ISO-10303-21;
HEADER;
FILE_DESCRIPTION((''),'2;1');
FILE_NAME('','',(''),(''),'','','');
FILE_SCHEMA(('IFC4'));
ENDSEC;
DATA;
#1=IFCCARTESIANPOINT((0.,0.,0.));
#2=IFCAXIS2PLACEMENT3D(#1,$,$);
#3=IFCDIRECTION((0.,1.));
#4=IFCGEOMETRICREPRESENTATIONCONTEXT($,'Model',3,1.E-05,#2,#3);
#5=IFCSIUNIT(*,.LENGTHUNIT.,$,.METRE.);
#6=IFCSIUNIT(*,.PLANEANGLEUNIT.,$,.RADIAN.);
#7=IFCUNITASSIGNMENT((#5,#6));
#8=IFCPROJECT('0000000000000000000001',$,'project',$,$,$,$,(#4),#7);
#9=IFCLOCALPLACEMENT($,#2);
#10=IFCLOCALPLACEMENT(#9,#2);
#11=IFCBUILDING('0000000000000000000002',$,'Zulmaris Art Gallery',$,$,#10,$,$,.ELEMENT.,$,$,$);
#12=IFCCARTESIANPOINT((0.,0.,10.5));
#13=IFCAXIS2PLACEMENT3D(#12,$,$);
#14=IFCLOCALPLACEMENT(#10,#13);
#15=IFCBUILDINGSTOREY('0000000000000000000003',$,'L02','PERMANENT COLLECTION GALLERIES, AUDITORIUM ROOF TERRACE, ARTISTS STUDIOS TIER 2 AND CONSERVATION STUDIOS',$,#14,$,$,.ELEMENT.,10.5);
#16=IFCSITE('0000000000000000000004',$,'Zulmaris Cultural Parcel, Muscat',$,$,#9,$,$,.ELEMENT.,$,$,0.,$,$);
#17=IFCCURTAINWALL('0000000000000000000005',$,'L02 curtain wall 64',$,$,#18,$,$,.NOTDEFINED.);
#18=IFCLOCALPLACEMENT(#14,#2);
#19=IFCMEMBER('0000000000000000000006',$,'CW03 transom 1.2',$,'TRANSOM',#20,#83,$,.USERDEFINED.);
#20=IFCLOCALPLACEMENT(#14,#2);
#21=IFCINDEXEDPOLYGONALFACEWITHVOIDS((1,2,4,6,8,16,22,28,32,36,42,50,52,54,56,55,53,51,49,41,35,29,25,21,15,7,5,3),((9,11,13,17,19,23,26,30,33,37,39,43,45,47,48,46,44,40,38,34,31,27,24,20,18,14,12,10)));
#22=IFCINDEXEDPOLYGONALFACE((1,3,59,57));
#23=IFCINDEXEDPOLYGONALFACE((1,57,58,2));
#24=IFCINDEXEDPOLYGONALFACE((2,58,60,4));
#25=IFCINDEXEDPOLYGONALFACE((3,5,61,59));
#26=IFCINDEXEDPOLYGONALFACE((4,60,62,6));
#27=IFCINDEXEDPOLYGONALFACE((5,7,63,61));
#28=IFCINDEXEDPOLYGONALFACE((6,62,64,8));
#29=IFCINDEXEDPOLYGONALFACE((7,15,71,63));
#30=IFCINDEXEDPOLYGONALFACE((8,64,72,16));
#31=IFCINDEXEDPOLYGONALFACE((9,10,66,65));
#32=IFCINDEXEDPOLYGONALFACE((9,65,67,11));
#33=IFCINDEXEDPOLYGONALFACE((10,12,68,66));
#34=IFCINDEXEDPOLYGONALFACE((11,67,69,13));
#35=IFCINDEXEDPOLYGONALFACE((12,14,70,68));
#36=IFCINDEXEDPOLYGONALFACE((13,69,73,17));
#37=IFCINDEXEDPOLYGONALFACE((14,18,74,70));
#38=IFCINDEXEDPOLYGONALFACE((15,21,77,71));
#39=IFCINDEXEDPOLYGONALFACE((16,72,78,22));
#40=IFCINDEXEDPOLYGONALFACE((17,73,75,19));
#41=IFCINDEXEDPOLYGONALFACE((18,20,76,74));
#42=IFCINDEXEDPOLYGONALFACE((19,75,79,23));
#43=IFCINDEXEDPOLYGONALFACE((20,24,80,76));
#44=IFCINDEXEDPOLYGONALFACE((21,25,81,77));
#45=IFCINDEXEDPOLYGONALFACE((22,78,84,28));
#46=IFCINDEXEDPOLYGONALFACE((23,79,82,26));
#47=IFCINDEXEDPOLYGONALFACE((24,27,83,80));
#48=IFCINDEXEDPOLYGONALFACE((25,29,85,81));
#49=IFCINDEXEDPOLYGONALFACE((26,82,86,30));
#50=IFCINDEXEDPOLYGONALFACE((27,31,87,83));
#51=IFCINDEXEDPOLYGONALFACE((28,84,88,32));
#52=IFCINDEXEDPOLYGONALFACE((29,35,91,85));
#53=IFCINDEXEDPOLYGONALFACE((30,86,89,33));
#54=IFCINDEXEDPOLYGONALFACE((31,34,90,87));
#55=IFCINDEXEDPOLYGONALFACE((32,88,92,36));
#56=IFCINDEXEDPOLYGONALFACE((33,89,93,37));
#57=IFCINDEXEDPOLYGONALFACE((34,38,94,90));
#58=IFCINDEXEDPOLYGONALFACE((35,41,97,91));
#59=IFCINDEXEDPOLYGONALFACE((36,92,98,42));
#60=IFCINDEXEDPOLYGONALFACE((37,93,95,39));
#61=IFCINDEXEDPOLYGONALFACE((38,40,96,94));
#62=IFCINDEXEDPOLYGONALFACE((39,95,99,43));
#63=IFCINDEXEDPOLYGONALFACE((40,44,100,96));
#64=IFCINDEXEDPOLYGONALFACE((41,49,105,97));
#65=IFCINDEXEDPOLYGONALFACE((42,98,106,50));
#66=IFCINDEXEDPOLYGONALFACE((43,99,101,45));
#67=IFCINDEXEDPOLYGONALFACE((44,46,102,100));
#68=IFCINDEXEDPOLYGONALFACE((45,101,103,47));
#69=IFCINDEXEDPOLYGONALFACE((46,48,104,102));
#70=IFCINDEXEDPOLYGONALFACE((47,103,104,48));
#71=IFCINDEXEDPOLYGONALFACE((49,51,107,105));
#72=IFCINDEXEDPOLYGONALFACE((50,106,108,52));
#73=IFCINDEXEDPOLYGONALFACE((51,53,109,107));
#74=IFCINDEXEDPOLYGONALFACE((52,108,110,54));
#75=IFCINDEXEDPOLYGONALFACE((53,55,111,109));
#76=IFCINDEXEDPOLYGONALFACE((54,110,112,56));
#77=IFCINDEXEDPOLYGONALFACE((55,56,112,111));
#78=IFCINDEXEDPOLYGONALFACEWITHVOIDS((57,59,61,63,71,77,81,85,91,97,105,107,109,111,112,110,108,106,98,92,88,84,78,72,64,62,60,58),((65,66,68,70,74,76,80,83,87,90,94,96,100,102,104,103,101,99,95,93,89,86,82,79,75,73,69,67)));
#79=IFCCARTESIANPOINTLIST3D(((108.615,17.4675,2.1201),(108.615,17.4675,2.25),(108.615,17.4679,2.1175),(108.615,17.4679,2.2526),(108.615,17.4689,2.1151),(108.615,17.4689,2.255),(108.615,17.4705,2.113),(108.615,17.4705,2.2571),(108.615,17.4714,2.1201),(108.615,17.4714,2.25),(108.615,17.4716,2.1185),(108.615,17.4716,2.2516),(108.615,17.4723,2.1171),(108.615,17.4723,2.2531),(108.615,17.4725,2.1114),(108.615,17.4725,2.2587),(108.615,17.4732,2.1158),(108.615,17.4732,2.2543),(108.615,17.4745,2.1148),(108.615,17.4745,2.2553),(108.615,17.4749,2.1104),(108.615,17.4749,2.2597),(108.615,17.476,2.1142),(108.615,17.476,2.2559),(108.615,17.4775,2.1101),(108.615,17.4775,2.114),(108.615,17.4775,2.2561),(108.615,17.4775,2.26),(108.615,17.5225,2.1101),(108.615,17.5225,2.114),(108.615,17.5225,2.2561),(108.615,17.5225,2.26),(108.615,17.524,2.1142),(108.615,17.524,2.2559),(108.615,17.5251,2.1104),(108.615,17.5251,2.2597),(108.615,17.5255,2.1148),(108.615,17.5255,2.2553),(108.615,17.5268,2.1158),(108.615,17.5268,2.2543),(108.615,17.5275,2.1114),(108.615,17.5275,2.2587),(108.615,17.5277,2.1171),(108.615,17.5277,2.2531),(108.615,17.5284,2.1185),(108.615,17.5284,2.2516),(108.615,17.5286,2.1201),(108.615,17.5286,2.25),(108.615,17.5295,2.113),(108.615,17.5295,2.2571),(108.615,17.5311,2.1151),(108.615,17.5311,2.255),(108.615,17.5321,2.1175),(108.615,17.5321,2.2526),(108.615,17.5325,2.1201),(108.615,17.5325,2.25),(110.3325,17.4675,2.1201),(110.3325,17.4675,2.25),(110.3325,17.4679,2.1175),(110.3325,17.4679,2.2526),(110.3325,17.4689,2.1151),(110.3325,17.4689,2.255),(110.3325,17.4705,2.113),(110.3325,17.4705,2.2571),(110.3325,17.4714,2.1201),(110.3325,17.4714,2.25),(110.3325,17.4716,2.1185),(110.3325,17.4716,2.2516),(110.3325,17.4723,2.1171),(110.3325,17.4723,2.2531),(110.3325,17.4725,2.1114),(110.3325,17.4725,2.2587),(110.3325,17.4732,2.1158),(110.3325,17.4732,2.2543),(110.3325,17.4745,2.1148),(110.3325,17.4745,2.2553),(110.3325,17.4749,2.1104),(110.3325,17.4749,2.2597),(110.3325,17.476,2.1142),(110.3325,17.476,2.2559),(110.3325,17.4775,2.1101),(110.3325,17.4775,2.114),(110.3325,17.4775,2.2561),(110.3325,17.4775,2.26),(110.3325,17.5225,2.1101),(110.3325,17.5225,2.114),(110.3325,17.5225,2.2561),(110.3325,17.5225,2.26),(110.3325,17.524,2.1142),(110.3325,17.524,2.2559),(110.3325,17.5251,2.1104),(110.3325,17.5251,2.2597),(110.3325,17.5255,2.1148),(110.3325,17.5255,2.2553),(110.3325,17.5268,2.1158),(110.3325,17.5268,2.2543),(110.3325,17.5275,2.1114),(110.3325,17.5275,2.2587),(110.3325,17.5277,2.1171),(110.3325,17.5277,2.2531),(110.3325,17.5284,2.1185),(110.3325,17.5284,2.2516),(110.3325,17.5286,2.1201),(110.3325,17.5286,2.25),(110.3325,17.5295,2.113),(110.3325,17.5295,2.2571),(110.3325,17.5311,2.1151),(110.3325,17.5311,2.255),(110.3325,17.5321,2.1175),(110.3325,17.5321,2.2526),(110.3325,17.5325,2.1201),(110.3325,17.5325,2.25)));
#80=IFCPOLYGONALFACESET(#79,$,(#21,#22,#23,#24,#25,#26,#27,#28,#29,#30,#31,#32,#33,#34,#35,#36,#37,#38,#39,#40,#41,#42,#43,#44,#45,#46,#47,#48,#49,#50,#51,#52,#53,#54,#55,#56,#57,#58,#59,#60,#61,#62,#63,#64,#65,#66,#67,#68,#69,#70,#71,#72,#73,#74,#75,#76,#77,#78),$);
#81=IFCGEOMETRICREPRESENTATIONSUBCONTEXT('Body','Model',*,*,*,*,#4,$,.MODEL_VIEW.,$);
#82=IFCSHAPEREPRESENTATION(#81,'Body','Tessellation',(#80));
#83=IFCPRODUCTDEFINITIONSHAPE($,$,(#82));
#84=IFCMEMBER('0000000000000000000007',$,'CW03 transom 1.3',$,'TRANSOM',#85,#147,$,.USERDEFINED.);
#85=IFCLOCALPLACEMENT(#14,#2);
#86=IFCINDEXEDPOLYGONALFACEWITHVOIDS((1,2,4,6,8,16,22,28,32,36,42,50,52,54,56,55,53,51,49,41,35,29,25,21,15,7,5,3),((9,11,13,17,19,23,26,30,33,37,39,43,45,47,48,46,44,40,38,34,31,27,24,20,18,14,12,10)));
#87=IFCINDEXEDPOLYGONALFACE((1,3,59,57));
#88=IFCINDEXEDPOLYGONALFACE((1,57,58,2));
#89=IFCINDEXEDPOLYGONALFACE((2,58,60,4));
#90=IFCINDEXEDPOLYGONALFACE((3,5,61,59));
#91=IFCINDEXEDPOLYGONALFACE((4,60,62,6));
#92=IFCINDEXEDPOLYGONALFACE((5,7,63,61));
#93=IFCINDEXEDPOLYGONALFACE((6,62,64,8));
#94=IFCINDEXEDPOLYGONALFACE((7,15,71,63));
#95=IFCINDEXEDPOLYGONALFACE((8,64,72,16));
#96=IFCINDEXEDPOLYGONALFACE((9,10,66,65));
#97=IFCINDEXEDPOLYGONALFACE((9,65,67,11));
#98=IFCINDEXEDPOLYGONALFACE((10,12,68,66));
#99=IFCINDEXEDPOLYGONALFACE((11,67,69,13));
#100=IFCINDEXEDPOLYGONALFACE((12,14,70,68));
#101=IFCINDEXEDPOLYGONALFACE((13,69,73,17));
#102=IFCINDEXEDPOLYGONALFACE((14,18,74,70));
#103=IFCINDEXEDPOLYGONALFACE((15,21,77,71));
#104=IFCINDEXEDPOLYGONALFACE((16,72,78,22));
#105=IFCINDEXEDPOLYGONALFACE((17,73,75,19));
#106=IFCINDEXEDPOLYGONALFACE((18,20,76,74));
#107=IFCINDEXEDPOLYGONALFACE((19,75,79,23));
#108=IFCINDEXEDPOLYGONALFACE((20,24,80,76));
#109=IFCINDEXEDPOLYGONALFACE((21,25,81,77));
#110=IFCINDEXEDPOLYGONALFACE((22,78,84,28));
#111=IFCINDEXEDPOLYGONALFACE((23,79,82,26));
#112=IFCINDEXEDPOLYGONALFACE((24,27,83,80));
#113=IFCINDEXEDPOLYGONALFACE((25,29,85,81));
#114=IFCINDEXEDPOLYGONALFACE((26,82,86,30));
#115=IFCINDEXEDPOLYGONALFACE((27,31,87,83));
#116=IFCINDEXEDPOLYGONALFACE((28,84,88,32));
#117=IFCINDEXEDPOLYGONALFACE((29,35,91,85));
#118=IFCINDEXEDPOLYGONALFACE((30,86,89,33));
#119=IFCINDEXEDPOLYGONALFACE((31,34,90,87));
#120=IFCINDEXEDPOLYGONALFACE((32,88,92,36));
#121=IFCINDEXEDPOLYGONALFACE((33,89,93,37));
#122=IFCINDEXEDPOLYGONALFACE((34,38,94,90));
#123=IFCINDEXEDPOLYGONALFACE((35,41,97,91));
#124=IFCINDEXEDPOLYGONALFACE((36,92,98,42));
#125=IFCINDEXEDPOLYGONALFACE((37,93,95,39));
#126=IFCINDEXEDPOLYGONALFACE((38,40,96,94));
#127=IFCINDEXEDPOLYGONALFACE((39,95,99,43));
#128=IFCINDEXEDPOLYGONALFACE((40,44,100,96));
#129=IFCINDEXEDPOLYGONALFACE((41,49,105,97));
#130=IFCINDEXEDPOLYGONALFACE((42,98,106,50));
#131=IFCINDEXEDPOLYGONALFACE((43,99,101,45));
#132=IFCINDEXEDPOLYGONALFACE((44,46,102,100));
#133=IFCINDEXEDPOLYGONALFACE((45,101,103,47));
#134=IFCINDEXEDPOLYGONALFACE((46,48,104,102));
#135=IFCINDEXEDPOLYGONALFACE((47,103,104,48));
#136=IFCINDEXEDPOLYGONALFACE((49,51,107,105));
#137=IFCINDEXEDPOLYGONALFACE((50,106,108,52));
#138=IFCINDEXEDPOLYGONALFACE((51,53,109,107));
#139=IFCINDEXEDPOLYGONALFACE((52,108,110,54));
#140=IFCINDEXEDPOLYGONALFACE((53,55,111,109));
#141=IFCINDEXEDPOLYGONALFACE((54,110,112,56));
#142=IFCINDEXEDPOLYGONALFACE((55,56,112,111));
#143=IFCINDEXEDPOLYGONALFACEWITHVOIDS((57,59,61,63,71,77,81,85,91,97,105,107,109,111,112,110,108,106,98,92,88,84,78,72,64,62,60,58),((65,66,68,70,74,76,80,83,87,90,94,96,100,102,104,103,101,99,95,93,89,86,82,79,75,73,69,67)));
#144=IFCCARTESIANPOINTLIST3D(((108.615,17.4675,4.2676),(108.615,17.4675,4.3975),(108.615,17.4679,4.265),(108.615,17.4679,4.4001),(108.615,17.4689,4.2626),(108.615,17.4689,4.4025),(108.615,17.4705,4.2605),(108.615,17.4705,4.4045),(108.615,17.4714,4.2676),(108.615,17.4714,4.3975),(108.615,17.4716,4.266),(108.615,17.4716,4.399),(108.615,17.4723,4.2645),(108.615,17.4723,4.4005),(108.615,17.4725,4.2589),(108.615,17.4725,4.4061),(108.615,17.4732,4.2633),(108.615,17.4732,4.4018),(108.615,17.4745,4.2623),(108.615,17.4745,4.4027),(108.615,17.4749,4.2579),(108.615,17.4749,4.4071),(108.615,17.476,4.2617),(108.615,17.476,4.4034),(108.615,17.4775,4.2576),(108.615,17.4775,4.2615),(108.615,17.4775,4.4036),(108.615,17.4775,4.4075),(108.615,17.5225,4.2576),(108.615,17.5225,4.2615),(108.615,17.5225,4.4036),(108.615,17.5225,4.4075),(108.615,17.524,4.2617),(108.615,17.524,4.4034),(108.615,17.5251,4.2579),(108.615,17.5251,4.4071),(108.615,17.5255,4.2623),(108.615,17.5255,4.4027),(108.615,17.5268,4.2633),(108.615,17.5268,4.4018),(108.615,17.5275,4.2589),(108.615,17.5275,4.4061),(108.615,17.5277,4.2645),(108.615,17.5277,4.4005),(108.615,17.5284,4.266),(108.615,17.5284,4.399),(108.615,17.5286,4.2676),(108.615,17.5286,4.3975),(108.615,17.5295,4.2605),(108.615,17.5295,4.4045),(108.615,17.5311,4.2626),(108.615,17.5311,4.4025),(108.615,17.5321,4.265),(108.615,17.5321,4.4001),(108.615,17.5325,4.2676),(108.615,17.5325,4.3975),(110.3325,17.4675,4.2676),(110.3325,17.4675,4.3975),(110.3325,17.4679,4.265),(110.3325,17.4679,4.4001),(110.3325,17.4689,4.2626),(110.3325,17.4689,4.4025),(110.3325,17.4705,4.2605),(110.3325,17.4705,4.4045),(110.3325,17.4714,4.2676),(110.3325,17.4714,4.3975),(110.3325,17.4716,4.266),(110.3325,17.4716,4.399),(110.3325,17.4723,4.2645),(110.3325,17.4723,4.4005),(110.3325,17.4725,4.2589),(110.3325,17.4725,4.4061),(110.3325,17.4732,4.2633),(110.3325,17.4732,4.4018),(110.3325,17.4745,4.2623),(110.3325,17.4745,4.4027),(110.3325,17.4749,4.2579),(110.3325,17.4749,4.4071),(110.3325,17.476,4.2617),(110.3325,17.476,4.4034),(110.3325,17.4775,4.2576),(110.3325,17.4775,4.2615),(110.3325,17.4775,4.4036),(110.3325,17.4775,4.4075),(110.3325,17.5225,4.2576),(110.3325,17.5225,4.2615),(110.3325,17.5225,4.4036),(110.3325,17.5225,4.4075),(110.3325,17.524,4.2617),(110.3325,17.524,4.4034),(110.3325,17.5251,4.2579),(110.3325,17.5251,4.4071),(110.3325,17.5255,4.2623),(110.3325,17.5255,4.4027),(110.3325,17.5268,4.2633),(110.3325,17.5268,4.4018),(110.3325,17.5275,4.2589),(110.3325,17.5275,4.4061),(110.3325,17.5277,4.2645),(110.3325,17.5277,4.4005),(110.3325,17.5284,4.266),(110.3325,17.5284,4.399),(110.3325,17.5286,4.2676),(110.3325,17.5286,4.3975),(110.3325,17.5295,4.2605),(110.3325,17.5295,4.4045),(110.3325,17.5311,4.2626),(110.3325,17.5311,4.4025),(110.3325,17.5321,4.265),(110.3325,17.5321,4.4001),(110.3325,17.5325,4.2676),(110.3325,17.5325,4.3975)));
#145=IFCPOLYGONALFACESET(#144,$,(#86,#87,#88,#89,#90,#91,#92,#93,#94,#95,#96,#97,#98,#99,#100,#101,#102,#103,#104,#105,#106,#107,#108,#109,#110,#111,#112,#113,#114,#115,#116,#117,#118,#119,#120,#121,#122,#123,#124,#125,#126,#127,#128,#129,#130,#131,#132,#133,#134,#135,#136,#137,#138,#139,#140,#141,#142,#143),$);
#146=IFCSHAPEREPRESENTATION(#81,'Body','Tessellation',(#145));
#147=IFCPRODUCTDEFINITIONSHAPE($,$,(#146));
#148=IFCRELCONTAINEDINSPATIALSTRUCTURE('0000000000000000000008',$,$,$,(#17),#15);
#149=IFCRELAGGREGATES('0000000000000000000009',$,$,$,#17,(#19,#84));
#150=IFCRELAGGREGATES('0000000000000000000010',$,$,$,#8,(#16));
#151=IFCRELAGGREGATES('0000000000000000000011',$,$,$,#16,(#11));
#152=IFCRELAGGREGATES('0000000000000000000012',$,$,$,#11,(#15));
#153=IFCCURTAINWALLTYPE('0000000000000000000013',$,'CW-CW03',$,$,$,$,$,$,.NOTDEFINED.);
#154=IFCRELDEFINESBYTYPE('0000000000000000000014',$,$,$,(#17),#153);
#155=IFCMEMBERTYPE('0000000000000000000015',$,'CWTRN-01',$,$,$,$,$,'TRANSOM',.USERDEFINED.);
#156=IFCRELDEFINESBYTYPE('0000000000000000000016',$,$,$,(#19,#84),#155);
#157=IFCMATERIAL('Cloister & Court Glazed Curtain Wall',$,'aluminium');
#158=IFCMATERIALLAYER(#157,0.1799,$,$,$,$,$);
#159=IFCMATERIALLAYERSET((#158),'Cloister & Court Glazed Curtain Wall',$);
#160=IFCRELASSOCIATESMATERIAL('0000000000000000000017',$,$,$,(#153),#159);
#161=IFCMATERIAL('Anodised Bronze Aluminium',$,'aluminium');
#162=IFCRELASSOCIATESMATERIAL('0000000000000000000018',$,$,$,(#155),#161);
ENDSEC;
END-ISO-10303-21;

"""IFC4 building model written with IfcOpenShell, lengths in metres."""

from ifc_helpers import new_model, si_unit, direction, frame, origin, origin_2d, place, context, subcontext, project, spatial, hollow_rectangle, extrude, material, layer, layer_set, material_profile, profile_set, type_object, element, aggregate, save


model = new_model("IFC4")

# Units and contexts
model_context = context("Model", 3, precision=1e-05, world=origin(), true_north=direction((0.0, 1.0)))
body_context = subcontext(model_context, "Body", "Model", "MODEL_VIEW")
ifc_project = project(units=[si_unit("LENGTHUNIT", "METRE"), si_unit("PLANEANGLEUNIT", "RADIAN")], contexts=[model_context])

# Site, building, storey
site_placement = place(None, origin())
site = spatial("IfcSite", under=ifc_project, at=site_placement, Name="Zulmaris Cultural Parcel, Muscat", CompositionType="ELEMENT", RefElevation=0.0)
building_placement = place(site_placement, origin())
building = spatial("IfcBuilding", under=site, at=building_placement, Name="Zulmaris Art Gallery", CompositionType="ELEMENT")
storey_placement = place(building_placement, frame((0.0, 0.0, 10.5)))
storey = spatial("IfcBuildingStorey", under=building, at=storey_placement, Name="L02", Description="PERMANENT COLLECTION GALLERIES, AUDITORIUM ROOF TERRACE, ARTISTS STUDIOS TIER 2 AND CONSERVATION STUDIOS", CompositionType="ELEMENT", Elevation=10.5)

# Shared definitions
ifc_material_1 = material(Name="Cloister & Court Glazed Curtain Wall", Category="aluminium")
ifc_layer_1 = layer(ifc_material_1, 0.1799)
ifc_layer_set_1 = layer_set([ifc_layer_1], Name="Cloister & Court Glazed Curtain Wall")
curtain_wall_type = type_object("IfcCurtainWallType", Name="CW-CW03", PredefinedType="NOTDEFINED", material=ifc_layer_set_1)
ifc_material_2 = material(Name="Anodised Bronze Aluminium", Category="aluminium")

# Curtain wall
curtain_wall_1_placement = place(storey_placement, origin())
curtain_wall_1 = element("IfcCurtainWall", 1, at=curtain_wall_1_placement, inside=storey, type_object=curtain_wall_type, Name="L02 curtain wall 64", PredefinedType="NOTDEFINED")

# Members
ifc_material_profile_1 = material_profile(ifc_material_2, hollow_rectangle(XDim=0.0649, YDim=0.1499, WallThickness=0.0039, InnerFilletRadius=0.0061, OuterFilletRadius=0.01, at=origin_2d()), Name="ALU 65x150x4")
ifc_profile_set_1 = profile_set([ifc_material_profile_1], Name="Anodised Bronze Aluminium")
member_type_1 = type_object("IfcMemberType", Name="CWTRN-01", ElementType="TRANSOM", PredefinedType="USERDEFINED", material=ifc_profile_set_1)
member_1_placement = place(storey_placement, frame((108.615, 17.5, 2.1851), z_axis=(1.0, 0.0, 0.0), x_axis=(0.0, 1.0, 0.0)))
member_1 = element("IfcMember", 2, at=member_1_placement, type_object=member_type_1, Name="CW03 transom 1.2", ObjectType="TRANSOM", PredefinedType="USERDEFINED", context=body_context, shape_type="SweptSolid", body=[
    extrude(hollow_rectangle(XDim=0.0649, YDim=0.1499, WallThickness=0.0039, InnerFilletRadius=0.0061, OuterFilletRadius=0.01, at=origin_2d()), origin(), (0.0, 0.0, 1.0), 1.7175),
])
member_2_placement = place(storey_placement, frame((108.615, 17.5, 4.3325), z_axis=(1.0, 0.0, 0.0), x_axis=(0.0, 1.0, 0.0)))
member_2 = element("IfcMember", 3, at=member_2_placement, type_object=member_type_1, Name="CW03 transom 1.3", ObjectType="TRANSOM", PredefinedType="USERDEFINED", context=body_context, shape_type="SweptSolid", body=[
    extrude(hollow_rectangle(XDim=0.0649, YDim=0.1499, WallThickness=0.0039, InnerFilletRadius=0.0061, OuterFilletRadius=0.01, at=origin_2d()), origin(), (0.0, 0.0, 1.0), 1.7175),
])

aggregate(curtain_wall_1, [member_1, member_2])

save(model, "model.ifc")
